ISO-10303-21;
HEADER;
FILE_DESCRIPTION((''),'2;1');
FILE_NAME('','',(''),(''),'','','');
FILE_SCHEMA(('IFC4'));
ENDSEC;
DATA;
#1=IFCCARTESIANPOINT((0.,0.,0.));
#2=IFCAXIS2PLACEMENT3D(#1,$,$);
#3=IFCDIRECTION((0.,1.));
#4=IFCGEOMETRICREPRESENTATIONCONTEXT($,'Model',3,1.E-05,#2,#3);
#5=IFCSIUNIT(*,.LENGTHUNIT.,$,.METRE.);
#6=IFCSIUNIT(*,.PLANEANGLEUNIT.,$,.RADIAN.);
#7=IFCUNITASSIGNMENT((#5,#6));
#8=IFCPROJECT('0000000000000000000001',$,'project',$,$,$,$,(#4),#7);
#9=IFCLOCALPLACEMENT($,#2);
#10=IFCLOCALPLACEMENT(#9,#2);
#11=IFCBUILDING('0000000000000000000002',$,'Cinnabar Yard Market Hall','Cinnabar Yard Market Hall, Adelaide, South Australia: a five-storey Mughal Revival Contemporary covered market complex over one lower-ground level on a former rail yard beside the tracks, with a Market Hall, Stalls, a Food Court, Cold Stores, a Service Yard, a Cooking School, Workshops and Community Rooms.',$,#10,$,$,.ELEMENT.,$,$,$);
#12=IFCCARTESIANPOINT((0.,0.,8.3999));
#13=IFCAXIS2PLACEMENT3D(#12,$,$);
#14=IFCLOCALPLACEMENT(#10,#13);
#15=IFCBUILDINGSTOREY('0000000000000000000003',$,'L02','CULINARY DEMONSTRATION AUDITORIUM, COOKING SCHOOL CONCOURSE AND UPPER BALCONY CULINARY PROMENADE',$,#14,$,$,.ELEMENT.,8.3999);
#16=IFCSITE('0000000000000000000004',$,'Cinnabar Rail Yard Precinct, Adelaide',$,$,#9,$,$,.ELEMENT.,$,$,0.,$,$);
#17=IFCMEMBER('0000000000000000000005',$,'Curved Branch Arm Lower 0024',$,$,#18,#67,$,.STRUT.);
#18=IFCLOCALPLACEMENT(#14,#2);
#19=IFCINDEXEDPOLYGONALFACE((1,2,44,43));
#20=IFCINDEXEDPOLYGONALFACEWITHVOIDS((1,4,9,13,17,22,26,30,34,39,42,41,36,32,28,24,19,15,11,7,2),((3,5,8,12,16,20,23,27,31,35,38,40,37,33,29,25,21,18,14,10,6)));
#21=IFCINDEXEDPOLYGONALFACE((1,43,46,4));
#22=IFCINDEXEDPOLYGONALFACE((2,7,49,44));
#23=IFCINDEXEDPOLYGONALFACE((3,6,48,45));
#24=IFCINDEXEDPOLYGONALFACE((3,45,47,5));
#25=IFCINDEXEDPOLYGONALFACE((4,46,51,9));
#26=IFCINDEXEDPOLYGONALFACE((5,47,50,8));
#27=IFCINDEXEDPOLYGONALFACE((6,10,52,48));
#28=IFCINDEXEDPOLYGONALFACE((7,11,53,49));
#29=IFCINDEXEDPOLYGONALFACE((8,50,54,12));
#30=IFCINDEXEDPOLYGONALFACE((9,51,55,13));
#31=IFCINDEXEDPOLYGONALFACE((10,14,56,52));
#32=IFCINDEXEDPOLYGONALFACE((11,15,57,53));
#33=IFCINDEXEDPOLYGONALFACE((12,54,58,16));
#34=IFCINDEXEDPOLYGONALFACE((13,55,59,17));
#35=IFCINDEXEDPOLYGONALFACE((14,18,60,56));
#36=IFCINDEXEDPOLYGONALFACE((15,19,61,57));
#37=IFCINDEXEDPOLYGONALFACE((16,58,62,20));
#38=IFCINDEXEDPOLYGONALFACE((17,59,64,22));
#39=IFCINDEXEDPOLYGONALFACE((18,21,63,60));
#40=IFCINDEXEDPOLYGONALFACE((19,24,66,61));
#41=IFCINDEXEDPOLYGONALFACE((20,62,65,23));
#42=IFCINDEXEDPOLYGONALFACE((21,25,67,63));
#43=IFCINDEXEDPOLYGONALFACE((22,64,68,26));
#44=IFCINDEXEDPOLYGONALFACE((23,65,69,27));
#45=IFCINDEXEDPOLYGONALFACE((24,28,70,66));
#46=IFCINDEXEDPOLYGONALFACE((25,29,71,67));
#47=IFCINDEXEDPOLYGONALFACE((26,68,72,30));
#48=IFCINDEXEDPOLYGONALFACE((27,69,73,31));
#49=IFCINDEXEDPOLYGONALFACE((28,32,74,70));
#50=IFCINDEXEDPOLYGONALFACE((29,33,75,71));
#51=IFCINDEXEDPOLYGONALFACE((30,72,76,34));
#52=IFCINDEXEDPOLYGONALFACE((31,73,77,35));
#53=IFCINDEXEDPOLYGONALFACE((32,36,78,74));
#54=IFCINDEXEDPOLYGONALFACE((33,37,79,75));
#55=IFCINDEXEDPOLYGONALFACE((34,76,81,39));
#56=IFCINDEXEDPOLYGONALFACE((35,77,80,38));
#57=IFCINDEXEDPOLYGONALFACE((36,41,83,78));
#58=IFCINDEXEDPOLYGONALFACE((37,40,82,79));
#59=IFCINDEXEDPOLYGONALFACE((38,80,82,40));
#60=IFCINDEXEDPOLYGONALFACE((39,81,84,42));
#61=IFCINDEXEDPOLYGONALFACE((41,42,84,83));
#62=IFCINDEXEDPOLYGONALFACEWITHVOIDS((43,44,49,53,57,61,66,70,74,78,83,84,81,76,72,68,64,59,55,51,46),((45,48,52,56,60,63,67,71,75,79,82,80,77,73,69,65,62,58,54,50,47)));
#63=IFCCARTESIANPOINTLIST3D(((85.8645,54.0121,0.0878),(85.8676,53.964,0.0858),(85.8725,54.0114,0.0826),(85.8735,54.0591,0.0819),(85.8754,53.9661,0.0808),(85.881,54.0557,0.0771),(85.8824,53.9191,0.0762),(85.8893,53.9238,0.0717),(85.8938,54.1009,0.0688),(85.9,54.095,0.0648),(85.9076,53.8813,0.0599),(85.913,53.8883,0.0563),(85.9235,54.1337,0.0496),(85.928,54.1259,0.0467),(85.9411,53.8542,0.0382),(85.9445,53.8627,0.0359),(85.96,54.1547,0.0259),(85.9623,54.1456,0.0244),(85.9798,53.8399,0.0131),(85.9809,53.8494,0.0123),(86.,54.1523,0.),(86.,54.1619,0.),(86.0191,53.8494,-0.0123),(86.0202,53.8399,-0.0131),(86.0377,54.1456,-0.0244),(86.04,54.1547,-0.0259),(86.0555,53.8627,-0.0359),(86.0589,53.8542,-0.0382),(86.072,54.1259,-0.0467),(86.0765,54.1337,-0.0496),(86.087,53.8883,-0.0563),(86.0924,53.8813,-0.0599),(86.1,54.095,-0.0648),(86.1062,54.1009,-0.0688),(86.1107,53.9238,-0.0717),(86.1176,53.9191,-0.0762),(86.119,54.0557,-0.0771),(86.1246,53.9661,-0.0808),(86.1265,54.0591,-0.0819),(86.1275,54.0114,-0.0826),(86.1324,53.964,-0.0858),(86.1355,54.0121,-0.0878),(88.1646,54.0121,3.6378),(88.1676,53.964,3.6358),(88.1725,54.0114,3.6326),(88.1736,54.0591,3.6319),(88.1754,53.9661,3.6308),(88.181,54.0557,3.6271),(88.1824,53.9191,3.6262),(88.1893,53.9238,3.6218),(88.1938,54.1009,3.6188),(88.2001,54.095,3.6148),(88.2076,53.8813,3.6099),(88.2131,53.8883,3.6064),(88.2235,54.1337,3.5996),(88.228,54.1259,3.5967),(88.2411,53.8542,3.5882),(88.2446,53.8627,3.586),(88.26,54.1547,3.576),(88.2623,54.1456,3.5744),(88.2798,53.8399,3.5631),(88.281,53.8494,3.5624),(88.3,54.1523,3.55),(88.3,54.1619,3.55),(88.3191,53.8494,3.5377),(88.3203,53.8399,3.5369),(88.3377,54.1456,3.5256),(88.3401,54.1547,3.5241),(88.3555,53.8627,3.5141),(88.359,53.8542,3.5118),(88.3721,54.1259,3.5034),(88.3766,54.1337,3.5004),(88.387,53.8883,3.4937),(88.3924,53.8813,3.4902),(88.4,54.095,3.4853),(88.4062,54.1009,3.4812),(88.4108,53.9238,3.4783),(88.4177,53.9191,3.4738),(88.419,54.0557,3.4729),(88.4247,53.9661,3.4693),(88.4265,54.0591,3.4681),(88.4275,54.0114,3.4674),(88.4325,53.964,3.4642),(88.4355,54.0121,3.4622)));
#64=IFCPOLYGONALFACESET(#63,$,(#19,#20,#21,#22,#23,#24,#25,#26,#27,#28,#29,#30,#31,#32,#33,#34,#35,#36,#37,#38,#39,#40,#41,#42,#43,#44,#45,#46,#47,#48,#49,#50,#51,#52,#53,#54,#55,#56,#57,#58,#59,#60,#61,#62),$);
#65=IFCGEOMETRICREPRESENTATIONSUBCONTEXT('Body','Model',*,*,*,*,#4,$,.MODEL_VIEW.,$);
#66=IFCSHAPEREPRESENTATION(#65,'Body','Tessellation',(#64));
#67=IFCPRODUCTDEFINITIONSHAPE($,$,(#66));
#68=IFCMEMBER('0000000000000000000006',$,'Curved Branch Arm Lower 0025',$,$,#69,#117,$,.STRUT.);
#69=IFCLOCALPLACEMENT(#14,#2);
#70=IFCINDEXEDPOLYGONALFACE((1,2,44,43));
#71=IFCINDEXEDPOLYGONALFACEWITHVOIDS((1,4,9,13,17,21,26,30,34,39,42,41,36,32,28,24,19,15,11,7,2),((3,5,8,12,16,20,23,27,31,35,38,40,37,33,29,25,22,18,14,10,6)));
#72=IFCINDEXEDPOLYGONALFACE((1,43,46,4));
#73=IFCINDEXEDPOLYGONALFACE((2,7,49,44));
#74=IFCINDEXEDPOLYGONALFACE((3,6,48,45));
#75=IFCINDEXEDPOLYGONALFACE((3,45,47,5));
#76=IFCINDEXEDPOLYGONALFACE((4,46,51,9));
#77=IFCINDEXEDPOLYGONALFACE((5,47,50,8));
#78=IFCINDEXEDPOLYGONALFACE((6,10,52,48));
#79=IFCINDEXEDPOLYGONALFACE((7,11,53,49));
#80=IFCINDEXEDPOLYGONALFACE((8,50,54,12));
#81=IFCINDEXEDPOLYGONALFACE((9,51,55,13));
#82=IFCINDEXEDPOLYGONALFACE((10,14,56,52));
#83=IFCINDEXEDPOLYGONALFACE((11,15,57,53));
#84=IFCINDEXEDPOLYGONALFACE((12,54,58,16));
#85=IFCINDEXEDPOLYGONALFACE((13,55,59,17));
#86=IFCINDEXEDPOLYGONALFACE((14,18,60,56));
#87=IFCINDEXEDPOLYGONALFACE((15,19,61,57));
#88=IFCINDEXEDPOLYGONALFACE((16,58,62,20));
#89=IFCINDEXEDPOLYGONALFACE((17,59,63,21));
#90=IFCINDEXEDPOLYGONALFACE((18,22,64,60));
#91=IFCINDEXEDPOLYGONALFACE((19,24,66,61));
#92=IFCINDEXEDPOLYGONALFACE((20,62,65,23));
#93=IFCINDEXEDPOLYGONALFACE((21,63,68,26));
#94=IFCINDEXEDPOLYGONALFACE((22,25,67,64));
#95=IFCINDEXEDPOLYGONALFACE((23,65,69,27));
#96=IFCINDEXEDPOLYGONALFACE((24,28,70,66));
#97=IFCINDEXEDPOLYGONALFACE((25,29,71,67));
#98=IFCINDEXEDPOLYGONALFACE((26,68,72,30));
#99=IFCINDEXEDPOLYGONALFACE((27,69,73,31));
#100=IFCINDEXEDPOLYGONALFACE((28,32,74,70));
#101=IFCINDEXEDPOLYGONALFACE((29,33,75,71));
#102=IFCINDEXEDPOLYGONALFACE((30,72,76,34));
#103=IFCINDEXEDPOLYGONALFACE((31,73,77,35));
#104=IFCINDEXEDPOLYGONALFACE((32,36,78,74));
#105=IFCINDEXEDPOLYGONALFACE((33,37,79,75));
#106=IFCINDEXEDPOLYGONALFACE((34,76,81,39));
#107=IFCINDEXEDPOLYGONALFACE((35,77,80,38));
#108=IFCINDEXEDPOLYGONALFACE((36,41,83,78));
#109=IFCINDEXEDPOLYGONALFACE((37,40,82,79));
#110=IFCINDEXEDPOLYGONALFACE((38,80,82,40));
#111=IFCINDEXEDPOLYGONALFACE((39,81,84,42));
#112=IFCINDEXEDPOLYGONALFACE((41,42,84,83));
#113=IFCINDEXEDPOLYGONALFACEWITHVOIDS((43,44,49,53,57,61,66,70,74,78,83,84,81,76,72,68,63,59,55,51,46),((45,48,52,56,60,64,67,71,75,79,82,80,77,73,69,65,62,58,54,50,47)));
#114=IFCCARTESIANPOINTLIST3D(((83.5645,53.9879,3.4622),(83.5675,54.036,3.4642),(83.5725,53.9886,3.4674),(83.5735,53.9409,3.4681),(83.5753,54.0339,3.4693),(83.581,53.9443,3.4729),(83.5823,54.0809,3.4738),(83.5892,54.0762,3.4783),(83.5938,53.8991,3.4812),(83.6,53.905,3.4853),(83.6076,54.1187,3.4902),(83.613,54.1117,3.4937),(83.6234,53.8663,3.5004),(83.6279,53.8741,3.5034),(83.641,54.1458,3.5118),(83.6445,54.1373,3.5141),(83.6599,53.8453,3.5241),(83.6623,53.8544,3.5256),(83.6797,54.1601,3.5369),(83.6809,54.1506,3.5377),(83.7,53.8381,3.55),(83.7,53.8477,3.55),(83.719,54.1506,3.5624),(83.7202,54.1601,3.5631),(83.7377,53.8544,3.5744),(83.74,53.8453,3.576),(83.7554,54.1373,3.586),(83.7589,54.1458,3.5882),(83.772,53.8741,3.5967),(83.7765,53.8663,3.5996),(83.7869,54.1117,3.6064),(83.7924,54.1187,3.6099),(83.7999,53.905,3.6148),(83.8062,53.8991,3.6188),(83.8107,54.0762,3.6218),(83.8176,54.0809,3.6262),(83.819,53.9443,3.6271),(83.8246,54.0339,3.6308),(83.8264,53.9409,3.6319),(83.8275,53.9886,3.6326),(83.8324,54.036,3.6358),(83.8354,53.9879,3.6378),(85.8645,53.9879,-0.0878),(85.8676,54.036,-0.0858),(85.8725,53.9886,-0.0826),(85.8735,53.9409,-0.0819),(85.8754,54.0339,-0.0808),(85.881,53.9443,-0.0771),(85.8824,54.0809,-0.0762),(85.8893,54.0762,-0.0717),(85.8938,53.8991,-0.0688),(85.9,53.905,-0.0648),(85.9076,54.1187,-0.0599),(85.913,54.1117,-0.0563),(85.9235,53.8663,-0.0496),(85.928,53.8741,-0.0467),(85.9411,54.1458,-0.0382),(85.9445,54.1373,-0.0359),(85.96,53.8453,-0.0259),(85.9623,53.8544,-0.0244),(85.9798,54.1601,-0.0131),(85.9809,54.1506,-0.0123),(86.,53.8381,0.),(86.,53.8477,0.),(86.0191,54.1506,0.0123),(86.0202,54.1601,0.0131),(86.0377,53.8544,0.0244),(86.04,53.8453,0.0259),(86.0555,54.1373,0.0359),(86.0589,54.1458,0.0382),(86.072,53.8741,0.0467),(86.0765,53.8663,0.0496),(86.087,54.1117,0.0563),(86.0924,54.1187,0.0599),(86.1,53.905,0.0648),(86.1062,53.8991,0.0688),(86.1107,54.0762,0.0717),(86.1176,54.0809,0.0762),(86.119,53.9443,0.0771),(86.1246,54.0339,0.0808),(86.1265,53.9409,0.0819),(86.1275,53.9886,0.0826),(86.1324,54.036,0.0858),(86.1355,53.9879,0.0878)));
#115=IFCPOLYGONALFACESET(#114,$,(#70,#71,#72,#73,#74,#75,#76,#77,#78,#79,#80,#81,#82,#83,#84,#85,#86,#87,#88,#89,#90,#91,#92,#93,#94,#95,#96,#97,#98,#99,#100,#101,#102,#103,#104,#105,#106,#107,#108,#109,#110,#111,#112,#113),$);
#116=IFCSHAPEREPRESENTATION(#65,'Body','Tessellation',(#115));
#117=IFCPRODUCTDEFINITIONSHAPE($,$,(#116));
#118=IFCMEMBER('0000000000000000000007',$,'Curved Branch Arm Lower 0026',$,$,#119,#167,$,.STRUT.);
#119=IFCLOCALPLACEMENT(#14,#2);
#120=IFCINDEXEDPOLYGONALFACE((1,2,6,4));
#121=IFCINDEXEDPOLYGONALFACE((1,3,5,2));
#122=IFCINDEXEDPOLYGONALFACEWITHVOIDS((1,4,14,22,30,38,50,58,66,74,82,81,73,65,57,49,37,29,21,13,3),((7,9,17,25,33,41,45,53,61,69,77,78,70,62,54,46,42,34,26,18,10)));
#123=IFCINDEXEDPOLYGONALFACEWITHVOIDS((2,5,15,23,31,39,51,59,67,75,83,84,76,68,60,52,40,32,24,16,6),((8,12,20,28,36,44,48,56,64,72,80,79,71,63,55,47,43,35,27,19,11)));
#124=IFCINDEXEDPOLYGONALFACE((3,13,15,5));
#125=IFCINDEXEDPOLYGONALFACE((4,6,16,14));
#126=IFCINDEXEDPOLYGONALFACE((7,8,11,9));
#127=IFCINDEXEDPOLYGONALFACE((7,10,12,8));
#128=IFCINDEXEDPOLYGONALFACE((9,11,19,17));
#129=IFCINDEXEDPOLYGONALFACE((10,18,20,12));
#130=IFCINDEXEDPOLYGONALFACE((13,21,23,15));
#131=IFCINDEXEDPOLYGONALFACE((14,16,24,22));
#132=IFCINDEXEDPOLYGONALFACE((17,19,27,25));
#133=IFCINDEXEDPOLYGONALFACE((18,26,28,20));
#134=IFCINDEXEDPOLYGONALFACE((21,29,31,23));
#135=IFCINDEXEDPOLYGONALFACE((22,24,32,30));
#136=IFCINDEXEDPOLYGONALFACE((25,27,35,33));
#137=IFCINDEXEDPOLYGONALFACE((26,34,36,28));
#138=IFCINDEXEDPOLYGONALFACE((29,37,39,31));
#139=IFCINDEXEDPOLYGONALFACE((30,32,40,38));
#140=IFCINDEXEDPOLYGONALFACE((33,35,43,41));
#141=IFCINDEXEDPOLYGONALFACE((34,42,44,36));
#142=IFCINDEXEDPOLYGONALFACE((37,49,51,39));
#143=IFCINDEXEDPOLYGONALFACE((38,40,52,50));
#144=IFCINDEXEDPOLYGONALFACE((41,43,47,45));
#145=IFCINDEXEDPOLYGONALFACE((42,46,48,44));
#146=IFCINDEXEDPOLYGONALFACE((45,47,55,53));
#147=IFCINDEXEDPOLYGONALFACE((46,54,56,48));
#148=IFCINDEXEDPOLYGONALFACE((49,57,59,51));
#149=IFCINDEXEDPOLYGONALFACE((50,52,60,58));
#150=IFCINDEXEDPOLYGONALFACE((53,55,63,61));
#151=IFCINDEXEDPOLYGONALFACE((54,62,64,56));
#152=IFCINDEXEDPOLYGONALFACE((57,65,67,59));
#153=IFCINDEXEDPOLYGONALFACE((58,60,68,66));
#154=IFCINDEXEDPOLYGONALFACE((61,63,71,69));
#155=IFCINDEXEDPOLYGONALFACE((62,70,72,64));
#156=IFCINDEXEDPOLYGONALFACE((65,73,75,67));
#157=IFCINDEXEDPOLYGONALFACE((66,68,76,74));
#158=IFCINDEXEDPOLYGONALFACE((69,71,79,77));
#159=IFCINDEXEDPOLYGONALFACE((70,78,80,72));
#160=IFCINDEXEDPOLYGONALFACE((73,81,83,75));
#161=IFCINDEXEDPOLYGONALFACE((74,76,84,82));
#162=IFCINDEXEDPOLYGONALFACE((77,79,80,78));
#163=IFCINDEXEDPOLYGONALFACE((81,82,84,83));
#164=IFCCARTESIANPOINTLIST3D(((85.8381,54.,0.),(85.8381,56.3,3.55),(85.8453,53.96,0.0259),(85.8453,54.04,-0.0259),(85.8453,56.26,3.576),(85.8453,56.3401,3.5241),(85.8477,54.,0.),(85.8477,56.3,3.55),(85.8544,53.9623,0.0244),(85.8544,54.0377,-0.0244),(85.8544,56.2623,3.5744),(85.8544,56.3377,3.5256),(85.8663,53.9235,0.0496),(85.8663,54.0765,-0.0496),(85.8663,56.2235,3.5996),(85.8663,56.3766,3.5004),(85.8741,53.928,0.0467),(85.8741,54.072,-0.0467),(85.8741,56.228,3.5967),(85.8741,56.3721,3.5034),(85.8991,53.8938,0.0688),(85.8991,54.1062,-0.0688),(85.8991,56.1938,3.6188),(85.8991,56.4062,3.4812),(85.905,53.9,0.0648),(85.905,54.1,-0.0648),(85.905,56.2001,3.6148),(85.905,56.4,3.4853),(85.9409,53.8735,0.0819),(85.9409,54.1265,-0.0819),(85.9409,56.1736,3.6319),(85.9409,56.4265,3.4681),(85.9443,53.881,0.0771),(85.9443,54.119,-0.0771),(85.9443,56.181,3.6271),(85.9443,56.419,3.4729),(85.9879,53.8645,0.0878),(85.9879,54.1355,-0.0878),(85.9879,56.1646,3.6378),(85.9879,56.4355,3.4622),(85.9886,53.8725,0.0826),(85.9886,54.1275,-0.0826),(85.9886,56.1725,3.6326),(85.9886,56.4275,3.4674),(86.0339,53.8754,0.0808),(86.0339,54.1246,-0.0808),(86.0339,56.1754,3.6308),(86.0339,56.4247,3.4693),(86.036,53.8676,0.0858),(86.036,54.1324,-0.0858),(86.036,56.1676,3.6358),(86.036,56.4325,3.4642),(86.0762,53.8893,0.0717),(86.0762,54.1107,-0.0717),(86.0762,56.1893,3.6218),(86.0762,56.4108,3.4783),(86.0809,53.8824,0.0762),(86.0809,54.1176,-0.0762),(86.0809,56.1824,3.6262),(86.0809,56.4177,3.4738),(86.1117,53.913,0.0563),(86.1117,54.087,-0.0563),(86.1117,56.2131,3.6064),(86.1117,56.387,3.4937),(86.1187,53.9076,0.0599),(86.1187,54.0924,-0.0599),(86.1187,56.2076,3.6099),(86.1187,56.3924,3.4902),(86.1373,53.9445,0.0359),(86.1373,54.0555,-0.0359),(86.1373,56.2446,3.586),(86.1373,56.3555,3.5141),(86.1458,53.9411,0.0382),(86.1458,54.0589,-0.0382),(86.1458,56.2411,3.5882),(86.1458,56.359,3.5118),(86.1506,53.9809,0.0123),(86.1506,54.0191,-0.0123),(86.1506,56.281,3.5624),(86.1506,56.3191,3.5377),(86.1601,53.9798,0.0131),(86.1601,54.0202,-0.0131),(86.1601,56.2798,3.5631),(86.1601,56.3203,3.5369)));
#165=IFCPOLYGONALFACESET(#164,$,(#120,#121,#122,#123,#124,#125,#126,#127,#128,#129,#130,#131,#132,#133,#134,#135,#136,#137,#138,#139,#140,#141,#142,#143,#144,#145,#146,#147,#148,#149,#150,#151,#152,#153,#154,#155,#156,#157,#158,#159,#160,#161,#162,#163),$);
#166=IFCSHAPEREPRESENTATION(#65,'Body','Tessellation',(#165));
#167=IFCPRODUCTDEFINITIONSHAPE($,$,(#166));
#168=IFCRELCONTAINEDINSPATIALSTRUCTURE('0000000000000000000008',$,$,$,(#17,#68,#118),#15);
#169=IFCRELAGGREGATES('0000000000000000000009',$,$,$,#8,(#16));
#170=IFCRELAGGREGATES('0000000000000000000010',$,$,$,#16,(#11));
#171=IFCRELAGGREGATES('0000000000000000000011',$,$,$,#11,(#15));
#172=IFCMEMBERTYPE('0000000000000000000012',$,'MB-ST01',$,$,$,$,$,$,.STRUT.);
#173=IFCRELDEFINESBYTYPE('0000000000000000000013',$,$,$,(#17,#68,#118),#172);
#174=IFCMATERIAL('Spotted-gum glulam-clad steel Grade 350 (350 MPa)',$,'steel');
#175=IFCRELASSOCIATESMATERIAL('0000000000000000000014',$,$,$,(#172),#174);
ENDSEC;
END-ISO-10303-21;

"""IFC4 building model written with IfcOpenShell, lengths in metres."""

from ifc_helpers import new_model, si_unit, direction, frame, origin, origin_2d_with_axis, place, context, subcontext, project, spatial, hollow_circle, extrude, material, material_profile, profile_set, type_object, element, save


model = new_model("IFC4")

# Units and contexts
model_context = context("Model", 3, precision=1e-05, world=origin(), true_north=direction((0.0, 1.0)))
body_context = subcontext(model_context, "Body", "Model", "MODEL_VIEW")
ifc_project = project(units=[si_unit("LENGTHUNIT", "METRE"), si_unit("PLANEANGLEUNIT", "RADIAN")], contexts=[model_context])

# Site, building, storey
site_placement = place(None, origin())
site = spatial("IfcSite", under=ifc_project, at=site_placement, Name="Cinnabar Rail Yard Precinct, Adelaide", CompositionType="ELEMENT", RefElevation=0.0)
building_placement = place(site_placement, origin())
building = spatial("IfcBuilding", under=site, at=building_placement, Name="Cinnabar Yard Market Hall", Description="Cinnabar Yard Market Hall, Adelaide, South Australia: a five-storey Mughal Revival Contemporary covered market complex over one lower-ground level on a former rail yard beside the tracks, with a Market Hall, Stalls, a Food Court, Cold Stores, a Service Yard, a Cooking School, Workshops and Community Rooms.", CompositionType="ELEMENT")
storey_placement = place(building_placement, frame((0.0, 0.0, 8.3999)))
storey = spatial("IfcBuildingStorey", under=building, at=storey_placement, Name="L02", Description="CULINARY DEMONSTRATION AUDITORIUM, COOKING SCHOOL CONCOURSE AND UPPER BALCONY CULINARY PROMENADE", CompositionType="ELEMENT", Elevation=8.3999)

# Shared definitions
ifc_material_1 = material(Name="Spotted-gum glulam-clad steel Grade 350 (350 MPa)", Category="steel")

# Members
ifc_material_profile_1 = material_profile(ifc_material_1, hollow_circle(Radius=0.1619, WallThickness=0.0095, at=origin_2d_with_axis()), Name="323.9x9.5CHS")
ifc_profile_set_1 = profile_set([ifc_material_profile_1], Name="Spotted-gum glulam-clad steel Grade 350 (350 MPa)")
member_type_1 = type_object("IfcMemberType", Name="MB-ST01", PredefinedType="STRUT", material=ifc_profile_set_1)
for number, where, z_axis, x_axis, name in (
    (1, (86.0, 54.0, 0.0), (0.543744, 0.0, 0.839251), (0.0, 1.0, 0.0), "Curved Branch Arm Lower 0024"),
    (2, (86.0, 54.0, 0.0), (-0.543744, 0.0, 0.839251), (0.0, -1.0, 0.0), "Curved Branch Arm Lower 0025"),
    (3, (86.0, 54.0, 0.0), (0.0, 0.543744, 0.839251), (-1.0, 0.0, 0.0), "Curved Branch Arm Lower 0026"),
):
    element("IfcMember", number, at=place(storey_placement, frame(where, z_axis=z_axis, x_axis=x_axis)), inside=storey, type_object=member_type_1, Name=name, PredefinedType="STRUT", context=body_context, shape_type="SweptSolid", body=[
        extrude(hollow_circle(Radius=0.1619, WallThickness=0.0095, at=origin_2d_with_axis()), origin(), (0.0, 0.0, 1.0), 4.23),
    ])

save(model, "model.ifc")
